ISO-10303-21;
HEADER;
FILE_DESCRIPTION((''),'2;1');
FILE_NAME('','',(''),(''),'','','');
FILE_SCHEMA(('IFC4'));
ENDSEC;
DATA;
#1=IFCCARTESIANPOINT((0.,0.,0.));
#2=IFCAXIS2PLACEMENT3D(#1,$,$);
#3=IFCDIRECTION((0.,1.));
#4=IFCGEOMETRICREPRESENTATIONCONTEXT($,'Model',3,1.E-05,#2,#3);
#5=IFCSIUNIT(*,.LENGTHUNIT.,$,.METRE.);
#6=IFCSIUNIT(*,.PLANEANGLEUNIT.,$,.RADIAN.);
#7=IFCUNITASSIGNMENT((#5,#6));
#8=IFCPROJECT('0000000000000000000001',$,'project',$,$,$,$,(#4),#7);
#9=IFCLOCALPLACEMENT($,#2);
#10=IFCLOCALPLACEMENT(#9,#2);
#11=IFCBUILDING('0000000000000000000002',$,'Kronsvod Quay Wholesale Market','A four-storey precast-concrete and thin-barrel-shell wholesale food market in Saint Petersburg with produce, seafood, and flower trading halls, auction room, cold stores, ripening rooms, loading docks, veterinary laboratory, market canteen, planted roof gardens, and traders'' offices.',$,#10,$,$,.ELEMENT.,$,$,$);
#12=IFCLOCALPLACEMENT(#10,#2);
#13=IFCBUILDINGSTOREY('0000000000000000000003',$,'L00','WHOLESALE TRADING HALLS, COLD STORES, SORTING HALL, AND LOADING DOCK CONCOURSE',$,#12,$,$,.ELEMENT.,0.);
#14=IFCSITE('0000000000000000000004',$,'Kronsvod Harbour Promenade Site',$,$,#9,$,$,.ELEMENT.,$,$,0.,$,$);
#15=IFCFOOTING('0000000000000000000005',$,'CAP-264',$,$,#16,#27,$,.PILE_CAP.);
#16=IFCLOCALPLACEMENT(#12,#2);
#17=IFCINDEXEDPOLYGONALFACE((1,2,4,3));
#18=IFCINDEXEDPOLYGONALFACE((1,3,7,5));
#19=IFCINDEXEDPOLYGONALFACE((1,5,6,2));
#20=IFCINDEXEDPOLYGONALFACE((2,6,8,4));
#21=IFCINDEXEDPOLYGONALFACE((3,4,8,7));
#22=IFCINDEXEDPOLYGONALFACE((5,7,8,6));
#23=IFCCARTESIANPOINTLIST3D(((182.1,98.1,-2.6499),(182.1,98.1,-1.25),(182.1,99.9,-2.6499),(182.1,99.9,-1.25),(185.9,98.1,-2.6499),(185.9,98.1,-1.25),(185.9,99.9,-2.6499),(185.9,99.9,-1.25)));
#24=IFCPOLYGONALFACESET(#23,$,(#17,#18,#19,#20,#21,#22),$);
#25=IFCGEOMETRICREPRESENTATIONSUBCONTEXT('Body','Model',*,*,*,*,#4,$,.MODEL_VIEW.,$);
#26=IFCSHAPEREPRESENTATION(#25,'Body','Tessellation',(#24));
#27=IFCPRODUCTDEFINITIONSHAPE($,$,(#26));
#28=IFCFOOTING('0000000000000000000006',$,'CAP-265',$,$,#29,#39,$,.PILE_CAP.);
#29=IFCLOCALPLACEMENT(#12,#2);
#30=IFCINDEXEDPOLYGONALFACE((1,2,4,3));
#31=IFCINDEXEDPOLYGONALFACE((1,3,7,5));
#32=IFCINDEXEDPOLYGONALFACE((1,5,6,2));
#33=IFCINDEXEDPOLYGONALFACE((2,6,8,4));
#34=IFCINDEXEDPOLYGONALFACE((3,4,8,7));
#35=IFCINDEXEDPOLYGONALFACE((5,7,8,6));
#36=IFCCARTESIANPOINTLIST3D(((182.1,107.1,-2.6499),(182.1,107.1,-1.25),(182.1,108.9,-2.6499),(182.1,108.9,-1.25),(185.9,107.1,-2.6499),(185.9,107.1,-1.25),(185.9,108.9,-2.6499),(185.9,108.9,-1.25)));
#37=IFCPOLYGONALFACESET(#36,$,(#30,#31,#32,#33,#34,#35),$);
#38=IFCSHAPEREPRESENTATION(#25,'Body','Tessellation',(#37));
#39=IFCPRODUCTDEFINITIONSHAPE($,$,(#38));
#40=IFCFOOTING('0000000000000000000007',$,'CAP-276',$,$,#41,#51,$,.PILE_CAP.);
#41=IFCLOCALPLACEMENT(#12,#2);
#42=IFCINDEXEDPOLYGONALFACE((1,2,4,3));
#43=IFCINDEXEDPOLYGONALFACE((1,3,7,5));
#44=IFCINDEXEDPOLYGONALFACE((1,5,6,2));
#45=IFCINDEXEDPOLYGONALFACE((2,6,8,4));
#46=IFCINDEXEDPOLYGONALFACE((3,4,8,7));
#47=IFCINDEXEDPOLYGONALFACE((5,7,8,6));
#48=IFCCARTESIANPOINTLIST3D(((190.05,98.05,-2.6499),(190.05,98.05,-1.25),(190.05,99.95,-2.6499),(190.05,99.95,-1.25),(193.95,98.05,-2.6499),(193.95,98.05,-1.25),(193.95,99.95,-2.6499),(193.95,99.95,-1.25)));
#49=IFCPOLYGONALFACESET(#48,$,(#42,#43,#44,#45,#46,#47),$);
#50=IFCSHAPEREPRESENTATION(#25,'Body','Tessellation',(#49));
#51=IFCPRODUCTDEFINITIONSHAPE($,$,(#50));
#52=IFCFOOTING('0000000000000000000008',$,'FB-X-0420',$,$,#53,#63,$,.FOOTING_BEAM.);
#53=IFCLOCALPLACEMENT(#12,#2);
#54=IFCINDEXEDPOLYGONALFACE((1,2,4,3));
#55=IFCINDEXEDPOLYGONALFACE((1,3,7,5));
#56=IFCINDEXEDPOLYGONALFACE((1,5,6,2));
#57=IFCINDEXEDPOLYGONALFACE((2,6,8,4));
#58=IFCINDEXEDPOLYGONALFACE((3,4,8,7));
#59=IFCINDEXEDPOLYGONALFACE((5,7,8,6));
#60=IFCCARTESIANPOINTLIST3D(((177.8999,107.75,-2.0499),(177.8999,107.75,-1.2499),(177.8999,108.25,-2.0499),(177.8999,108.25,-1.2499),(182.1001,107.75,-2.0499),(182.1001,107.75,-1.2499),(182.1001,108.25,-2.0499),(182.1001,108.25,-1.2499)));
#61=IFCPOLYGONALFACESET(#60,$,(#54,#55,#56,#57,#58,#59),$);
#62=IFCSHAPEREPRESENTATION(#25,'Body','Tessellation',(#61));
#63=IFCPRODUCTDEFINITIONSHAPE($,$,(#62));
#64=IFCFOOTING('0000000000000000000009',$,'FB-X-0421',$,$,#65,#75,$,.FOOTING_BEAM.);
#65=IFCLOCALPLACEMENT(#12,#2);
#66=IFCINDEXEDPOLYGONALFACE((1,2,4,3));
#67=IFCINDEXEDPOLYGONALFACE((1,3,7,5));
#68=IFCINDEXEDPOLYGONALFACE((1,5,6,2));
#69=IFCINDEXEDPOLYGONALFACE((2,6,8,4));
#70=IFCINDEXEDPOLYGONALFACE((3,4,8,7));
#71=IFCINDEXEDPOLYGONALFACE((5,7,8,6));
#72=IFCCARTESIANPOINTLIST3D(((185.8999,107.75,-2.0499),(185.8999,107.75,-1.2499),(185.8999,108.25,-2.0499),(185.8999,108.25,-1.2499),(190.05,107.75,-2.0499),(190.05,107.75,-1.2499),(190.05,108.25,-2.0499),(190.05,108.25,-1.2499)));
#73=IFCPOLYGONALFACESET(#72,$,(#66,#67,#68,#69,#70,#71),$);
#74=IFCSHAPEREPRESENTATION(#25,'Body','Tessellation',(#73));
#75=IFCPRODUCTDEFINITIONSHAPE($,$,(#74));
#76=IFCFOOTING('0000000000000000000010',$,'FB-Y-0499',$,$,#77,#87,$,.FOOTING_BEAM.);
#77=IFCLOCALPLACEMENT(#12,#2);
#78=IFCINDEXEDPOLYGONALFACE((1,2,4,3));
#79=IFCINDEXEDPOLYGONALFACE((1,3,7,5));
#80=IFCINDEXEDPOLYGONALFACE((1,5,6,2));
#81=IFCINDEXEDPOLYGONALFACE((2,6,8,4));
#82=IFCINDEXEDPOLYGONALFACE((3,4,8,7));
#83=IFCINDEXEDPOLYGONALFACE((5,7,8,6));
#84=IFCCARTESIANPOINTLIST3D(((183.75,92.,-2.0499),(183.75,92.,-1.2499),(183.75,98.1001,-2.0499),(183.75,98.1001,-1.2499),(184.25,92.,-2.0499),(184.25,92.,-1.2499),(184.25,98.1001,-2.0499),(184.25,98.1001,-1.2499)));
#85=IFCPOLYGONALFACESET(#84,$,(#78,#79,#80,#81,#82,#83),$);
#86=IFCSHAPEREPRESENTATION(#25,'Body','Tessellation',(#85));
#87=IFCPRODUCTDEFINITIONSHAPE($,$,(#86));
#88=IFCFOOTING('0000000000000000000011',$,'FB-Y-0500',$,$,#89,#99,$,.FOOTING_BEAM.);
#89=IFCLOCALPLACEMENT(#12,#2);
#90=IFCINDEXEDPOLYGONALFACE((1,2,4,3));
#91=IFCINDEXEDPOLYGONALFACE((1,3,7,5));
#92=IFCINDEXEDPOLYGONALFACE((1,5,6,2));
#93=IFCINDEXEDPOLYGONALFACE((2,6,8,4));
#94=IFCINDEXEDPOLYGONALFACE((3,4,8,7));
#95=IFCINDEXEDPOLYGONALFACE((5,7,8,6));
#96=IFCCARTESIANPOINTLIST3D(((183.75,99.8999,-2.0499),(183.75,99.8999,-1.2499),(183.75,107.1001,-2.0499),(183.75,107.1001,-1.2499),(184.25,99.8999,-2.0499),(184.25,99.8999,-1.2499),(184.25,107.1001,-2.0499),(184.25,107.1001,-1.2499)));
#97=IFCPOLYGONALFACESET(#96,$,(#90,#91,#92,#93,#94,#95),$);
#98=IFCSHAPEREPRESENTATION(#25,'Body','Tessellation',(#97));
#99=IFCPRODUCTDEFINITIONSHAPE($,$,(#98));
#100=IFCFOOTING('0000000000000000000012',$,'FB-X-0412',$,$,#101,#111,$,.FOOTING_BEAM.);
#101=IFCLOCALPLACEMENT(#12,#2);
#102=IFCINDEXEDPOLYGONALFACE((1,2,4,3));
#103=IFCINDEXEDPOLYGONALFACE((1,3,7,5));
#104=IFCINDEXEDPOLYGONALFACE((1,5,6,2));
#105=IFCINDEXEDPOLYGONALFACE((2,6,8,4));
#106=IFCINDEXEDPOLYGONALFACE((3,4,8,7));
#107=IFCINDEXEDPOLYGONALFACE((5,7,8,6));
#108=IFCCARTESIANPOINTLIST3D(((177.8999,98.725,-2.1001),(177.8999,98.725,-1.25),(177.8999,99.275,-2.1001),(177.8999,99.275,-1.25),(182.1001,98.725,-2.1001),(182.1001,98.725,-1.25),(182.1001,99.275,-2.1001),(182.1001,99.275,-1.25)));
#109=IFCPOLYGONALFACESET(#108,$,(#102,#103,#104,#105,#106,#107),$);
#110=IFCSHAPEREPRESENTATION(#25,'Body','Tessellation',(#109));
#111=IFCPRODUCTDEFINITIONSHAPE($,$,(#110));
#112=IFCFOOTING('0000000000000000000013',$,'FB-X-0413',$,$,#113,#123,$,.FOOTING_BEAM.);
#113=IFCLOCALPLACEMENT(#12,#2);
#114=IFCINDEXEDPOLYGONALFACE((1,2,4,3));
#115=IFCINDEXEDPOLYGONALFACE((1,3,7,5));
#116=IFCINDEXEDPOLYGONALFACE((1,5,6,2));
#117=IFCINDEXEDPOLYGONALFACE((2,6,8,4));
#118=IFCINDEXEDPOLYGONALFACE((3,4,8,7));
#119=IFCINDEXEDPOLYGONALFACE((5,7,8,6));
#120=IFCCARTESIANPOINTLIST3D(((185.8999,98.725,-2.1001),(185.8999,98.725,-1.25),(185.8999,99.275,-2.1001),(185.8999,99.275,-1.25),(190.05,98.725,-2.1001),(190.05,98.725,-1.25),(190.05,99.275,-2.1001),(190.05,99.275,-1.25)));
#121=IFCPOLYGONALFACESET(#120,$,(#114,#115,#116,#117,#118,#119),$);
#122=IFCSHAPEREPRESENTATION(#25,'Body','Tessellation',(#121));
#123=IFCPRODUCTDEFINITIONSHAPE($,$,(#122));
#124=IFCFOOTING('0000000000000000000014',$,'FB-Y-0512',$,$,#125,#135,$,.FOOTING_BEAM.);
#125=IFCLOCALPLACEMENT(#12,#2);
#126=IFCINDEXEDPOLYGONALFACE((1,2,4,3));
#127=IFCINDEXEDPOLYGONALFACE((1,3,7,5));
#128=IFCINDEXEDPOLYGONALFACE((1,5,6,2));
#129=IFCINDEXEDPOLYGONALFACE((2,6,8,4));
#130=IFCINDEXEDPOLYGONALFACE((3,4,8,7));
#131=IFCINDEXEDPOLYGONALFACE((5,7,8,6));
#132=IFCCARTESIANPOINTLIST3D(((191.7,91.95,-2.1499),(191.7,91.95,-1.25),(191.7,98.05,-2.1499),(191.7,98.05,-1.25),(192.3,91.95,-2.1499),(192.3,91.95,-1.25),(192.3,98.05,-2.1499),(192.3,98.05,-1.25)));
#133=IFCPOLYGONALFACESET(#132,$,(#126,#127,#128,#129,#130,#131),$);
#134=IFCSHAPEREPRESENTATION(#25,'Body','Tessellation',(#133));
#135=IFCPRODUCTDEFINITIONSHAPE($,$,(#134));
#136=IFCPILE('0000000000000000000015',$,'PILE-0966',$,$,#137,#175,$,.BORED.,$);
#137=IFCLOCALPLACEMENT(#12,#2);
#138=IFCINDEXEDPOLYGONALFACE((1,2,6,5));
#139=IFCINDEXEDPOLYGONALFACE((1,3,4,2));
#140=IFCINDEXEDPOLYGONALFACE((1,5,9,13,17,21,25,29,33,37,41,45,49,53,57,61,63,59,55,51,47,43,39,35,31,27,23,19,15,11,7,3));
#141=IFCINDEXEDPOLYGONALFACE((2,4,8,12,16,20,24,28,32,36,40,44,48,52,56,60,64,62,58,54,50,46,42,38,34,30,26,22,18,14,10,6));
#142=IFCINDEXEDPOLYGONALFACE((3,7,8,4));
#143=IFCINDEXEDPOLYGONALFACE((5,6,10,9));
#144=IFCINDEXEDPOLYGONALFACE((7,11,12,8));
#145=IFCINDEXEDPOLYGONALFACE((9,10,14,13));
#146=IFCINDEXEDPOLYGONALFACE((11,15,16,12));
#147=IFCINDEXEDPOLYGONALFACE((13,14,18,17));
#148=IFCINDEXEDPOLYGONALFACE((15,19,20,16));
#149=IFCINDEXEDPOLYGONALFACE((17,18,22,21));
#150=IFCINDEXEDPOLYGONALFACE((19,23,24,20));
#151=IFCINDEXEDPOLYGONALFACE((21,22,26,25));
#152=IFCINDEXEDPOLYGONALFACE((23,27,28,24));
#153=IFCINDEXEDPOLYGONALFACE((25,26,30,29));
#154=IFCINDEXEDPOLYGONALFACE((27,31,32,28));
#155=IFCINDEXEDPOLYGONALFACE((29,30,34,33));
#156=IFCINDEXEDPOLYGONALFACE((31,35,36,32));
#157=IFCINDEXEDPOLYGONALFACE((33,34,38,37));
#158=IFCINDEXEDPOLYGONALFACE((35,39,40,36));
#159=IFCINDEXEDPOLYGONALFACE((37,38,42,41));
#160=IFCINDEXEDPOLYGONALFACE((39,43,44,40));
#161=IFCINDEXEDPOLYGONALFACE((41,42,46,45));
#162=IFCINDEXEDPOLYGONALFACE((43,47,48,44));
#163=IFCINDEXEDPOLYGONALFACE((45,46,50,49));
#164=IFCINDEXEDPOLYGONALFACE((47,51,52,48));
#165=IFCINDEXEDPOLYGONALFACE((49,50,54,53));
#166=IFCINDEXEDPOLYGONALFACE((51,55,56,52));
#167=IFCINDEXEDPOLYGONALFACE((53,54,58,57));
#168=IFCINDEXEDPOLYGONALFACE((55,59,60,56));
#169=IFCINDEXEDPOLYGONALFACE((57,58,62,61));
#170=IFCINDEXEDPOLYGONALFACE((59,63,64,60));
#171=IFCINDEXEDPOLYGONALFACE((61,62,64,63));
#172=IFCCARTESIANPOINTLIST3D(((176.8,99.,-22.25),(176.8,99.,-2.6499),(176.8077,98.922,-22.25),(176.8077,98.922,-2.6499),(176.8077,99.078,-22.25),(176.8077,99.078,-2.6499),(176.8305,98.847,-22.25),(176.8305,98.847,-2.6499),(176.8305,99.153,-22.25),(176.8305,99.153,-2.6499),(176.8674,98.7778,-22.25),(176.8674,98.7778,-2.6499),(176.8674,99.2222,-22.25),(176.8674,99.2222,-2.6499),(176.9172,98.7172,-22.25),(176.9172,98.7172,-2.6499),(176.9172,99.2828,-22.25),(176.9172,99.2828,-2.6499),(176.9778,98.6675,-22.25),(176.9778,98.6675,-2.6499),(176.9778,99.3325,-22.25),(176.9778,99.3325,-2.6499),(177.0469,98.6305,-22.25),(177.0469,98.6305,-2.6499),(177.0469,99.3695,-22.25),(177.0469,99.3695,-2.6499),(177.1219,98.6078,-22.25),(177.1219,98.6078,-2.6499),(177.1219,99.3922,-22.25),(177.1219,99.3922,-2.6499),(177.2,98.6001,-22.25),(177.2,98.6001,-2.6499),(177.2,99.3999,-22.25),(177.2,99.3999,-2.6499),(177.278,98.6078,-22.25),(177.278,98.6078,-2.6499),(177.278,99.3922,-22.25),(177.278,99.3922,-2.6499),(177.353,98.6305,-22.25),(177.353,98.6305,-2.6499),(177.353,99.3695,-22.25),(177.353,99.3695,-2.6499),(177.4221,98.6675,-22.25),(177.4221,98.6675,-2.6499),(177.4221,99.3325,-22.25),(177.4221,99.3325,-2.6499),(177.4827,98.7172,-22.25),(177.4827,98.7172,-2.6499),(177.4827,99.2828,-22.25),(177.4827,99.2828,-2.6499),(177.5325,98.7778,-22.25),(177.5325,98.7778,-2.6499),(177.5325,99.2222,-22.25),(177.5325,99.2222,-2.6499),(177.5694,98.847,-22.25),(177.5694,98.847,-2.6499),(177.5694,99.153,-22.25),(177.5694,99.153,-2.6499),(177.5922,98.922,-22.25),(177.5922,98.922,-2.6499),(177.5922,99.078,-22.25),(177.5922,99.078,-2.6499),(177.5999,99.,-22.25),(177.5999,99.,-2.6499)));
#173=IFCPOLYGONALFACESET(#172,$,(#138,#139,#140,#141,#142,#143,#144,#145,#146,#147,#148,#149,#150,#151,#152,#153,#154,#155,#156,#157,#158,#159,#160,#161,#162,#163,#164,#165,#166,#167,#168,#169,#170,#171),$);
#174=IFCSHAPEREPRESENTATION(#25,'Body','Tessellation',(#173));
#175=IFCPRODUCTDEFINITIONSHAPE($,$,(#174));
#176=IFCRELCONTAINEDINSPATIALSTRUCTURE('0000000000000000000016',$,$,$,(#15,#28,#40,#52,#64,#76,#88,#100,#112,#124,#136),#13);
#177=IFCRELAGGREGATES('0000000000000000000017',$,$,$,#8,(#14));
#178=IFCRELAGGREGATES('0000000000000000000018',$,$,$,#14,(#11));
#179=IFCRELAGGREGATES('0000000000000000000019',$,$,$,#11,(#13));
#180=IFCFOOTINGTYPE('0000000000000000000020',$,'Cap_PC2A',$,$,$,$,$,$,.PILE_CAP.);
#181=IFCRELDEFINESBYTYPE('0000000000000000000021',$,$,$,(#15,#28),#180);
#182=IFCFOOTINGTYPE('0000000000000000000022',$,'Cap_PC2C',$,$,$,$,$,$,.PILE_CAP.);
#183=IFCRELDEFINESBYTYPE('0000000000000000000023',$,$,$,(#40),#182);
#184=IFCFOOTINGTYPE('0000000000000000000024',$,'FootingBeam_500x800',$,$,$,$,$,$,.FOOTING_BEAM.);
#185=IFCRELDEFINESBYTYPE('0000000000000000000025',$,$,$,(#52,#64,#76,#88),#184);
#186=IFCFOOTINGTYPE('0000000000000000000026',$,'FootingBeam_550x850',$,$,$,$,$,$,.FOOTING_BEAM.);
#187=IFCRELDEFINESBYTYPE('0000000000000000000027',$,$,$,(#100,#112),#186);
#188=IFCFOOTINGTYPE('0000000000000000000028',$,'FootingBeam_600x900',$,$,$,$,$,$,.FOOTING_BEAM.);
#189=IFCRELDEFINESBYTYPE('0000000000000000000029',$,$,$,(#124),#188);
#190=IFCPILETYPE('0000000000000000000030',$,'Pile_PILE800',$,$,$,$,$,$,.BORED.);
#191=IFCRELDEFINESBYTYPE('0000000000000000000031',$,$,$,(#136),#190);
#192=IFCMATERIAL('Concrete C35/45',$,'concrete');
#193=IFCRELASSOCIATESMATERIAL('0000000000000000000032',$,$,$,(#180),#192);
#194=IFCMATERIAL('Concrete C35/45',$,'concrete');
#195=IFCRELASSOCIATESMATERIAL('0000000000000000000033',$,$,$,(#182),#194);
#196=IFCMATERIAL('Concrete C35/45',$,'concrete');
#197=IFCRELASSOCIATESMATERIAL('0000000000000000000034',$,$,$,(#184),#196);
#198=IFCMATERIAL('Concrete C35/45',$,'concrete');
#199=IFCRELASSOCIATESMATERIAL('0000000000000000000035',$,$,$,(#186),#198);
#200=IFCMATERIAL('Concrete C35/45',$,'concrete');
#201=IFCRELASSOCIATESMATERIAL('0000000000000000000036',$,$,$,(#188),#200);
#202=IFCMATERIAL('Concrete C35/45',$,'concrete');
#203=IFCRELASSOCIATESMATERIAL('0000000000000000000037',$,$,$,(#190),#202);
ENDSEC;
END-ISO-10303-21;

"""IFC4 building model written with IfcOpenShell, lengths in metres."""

from ifc_helpers import new_model, si_unit, direction, frame, origin, origin_2d, place, context, subcontext, project, spatial, rectangle, circle, extrude, material, material_profile, profile_set, type_object, element, save


model = new_model("IFC4")

# Units and contexts
model_context = context("Model", 3, precision=1e-05, world=origin(), true_north=direction((0.0, 1.0)))
body_context = subcontext(model_context, "Body", "Model", "MODEL_VIEW")
ifc_project = project(units=[si_unit("LENGTHUNIT", "METRE"), si_unit("PLANEANGLEUNIT", "RADIAN")], contexts=[model_context])

# Site, building, storey
site_placement = place(None, origin())
site = spatial("IfcSite", under=ifc_project, at=site_placement, Name="Kronsvod Harbour Promenade Site", CompositionType="ELEMENT", RefElevation=0.0)
building_placement = place(site_placement, origin())
building = spatial("IfcBuilding", under=site, at=building_placement, Name="Kronsvod Quay Wholesale Market", Description="A four-storey precast-concrete and thin-barrel-shell wholesale food market in Saint Petersburg with produce, seafood, and flower trading halls, auction room, cold stores, ripening rooms, loading docks, veterinary laboratory, market canteen, planted roof gardens, and traders' offices.", CompositionType="ELEMENT")
storey_placement = place(building_placement, origin())
storey = spatial("IfcBuildingStorey", under=building, at=storey_placement, Name="L00", Description="WHOLESALE TRADING HALLS, COLD STORES, SORTING HALL, AND LOADING DOCK CONCOURSE", CompositionType="ELEMENT", Elevation=0.0)

# Footings
ifc_material_1 = material(Name="Concrete C35/45", Category="concrete")
footing_type_1 = type_object("IfcFootingType", Name="Cap_PC2A", PredefinedType="PILE_CAP", material=ifc_material_1)
for number, where, z_axis, x_axis, name in (
    (1, (184.0, 99.0, -2.6499), (0.0, 0.0, 1.0), (1.0, 0.0, 0.0), "CAP-264"),
    (2, (184.0, 108.0, -2.6499), (0.0, 0.0, 1.0), (1.0, 0.0, 0.0), "CAP-265"),
):
    element("IfcFooting", number, at=place(storey_placement, frame(where, z_axis=z_axis, x_axis=x_axis)), inside=storey, type_object=footing_type_1, Name=name, PredefinedType="PILE_CAP", context=body_context, shape_type="SweptSolid", body=[
        extrude(rectangle(XDim=3.8, YDim=1.8, at=origin_2d()), origin(), (0.0, 0.0, 1.0), 1.3999),
    ])
ifc_material_2 = material(Name="Concrete C35/45", Category="concrete")
footing_type_2 = type_object("IfcFootingType", Name="Cap_PC2C", PredefinedType="PILE_CAP", material=ifc_material_2)
footing_1_placement = place(storey_placement, frame((192.0, 99.0, -2.6499), z_axis=(0.0, 0.0, 1.0), x_axis=(1.0, 0.0, 0.0)))
element("IfcFooting", 3, at=footing_1_placement, inside=storey, type_object=footing_type_2, Name="CAP-276", PredefinedType="PILE_CAP", context=body_context, shape_type="SweptSolid", body=[
    extrude(rectangle(XDim=3.8999, YDim=1.8999, at=origin_2d()), origin(), (0.0, 0.0, 1.0), 1.3999),
])
ifc_material_3 = material(Name="Concrete C35/45", Category="concrete")
ifc_material_profile_1 = material_profile(ifc_material_3, rectangle(XDim=0.5, YDim=0.8, at=origin_2d()), Name="FB-01")
ifc_profile_set_1 = profile_set([ifc_material_profile_1], Name="Concrete C35/45")
footing_type_3 = type_object("IfcFootingType", Name="FootingBeam_500x800", PredefinedType="FOOTING_BEAM", material=ifc_profile_set_1)
footing_2_placement = place(storey_placement, frame((177.8999, 108.0, -1.6499), z_axis=(1.0, 0.0, 0.0), x_axis=(0.0, 1.0, 0.0)))
element("IfcFooting", 4, at=footing_2_placement, inside=storey, type_object=footing_type_3, Name="FB-X-0420", PredefinedType="FOOTING_BEAM", context=body_context, shape_type="SweptSolid", body=[
    extrude(rectangle(XDim=0.5, YDim=0.8, at=origin_2d()), origin(), (0.0, 0.0, 1.0), 4.2002),
])
footing_3_placement = place(storey_placement, frame((185.8999, 108.0, -1.6499), z_axis=(1.0, 0.0, 0.0), x_axis=(0.0, 1.0, 0.0)))
element("IfcFooting", 5, at=footing_3_placement, inside=storey, type_object=footing_type_3, Name="FB-X-0421", PredefinedType="FOOTING_BEAM", context=body_context, shape_type="SweptSolid", body=[
    extrude(rectangle(XDim=0.5, YDim=0.8, at=origin_2d()), origin(), (0.0, 0.0, 1.0), 4.1501),
])
footing_4_placement = place(storey_placement, frame((184.0, 92.0, -1.6499), z_axis=(0.0, 1.0, 0.0), x_axis=(-1.0, 0.0, 0.0)))
element("IfcFooting", 6, at=footing_4_placement, inside=storey, type_object=footing_type_3, Name="FB-Y-0499", PredefinedType="FOOTING_BEAM", context=body_context, shape_type="SweptSolid", body=[
    extrude(rectangle(XDim=0.5, YDim=0.8, at=origin_2d()), origin(), (0.0, 0.0, 1.0), 6.1001),
])
footing_5_placement = place(storey_placement, frame((184.0, 99.8999, -1.6499), z_axis=(0.0, 1.0, 0.0), x_axis=(-1.0, 0.0, 0.0)))
element("IfcFooting", 7, at=footing_5_placement, inside=storey, type_object=footing_type_3, Name="FB-Y-0500", PredefinedType="FOOTING_BEAM", context=body_context, shape_type="SweptSolid", body=[
    extrude(rectangle(XDim=0.5, YDim=0.8, at=origin_2d()), origin(), (0.0, 0.0, 1.0), 7.2002),
])
ifc_material_4 = material(Name="Concrete C35/45", Category="concrete")
ifc_material_profile_2 = material_profile(ifc_material_4, rectangle(XDim=0.55, YDim=0.8501, at=origin_2d()), Name="FB-03")
ifc_profile_set_2 = profile_set([ifc_material_profile_2], Name="Concrete C35/45")
footing_type_4 = type_object("IfcFootingType", Name="FootingBeam_550x850", PredefinedType="FOOTING_BEAM", material=ifc_profile_set_2)
footing_6_placement = place(storey_placement, frame((177.8999, 99.0, -1.675), z_axis=(1.0, 0.0, 0.0), x_axis=(0.0, 1.0, 0.0)))
element("IfcFooting", 8, at=footing_6_placement, inside=storey, type_object=footing_type_4, Name="FB-X-0412", PredefinedType="FOOTING_BEAM", context=body_context, shape_type="SweptSolid", body=[
    extrude(rectangle(XDim=0.55, YDim=0.8501, at=origin_2d()), origin(), (0.0, 0.0, 1.0), 4.2002),
])
footing_7_placement = place(storey_placement, frame((185.8999, 99.0, -1.675), z_axis=(1.0, 0.0, 0.0), x_axis=(0.0, 1.0, 0.0)))
element("IfcFooting", 9, at=footing_7_placement, inside=storey, type_object=footing_type_4, Name="FB-X-0413", PredefinedType="FOOTING_BEAM", context=body_context, shape_type="SweptSolid", body=[
    extrude(rectangle(XDim=0.55, YDim=0.8501, at=origin_2d()), origin(), (0.0, 0.0, 1.0), 4.1501),
])
ifc_material_5 = material(Name="Concrete C35/45", Category="concrete")
ifc_material_profile_3 = material_profile(ifc_material_5, rectangle(XDim=0.6001, YDim=0.8999, at=origin_2d()), Name="FB-02")
ifc_profile_set_3 = profile_set([ifc_material_profile_3], Name="Concrete C35/45")
footing_type_5 = type_object("IfcFootingType", Name="FootingBeam_600x900", PredefinedType="FOOTING_BEAM", material=ifc_profile_set_3)
footing_8_placement = place(storey_placement, frame((192.0, 91.95, -1.7), z_axis=(0.0, 1.0, 0.0), x_axis=(-1.0, 0.0, 0.0)))
element("IfcFooting", 10, at=footing_8_placement, inside=storey, type_object=footing_type_5, Name="FB-Y-0512", PredefinedType="FOOTING_BEAM", context=body_context, shape_type="SweptSolid", body=[
    extrude(rectangle(XDim=0.6001, YDim=0.8999, at=origin_2d()), origin(), (0.0, 0.0, 1.0), 6.1001),
])

# Pile
ifc_material_6 = material(Name="Concrete C35/45", Category="concrete")
ifc_material_profile_4 = material_profile(ifc_material_6, circle(Radius=0.3999, at=origin_2d()), Name="PILE800")
ifc_profile_set_4 = profile_set([ifc_material_profile_4], Name="Concrete C35/45")
pile_type = type_object("IfcPileType", Name="Pile_PILE800", PredefinedType="BORED", material=ifc_profile_set_4)
for number, where, z_axis, x_axis, name in (
    (11, (177.2, 99.0, -2.6499), (0.0, 0.0, -1.0), (1.0, 0.0, 0.0), "PILE-0966"),
):
    element("IfcPile", number, at=place(storey_placement, frame(where, z_axis=z_axis, x_axis=x_axis)), inside=storey, type_object=pile_type, Name=name, PredefinedType="BORED", context=body_context, shape_type="SweptSolid", body=[
        extrude(circle(Radius=0.3999, at=origin_2d()), origin(), (0.0, 0.0, 1.0), 19.6001),
    ])

save(model, "model.ifc")
